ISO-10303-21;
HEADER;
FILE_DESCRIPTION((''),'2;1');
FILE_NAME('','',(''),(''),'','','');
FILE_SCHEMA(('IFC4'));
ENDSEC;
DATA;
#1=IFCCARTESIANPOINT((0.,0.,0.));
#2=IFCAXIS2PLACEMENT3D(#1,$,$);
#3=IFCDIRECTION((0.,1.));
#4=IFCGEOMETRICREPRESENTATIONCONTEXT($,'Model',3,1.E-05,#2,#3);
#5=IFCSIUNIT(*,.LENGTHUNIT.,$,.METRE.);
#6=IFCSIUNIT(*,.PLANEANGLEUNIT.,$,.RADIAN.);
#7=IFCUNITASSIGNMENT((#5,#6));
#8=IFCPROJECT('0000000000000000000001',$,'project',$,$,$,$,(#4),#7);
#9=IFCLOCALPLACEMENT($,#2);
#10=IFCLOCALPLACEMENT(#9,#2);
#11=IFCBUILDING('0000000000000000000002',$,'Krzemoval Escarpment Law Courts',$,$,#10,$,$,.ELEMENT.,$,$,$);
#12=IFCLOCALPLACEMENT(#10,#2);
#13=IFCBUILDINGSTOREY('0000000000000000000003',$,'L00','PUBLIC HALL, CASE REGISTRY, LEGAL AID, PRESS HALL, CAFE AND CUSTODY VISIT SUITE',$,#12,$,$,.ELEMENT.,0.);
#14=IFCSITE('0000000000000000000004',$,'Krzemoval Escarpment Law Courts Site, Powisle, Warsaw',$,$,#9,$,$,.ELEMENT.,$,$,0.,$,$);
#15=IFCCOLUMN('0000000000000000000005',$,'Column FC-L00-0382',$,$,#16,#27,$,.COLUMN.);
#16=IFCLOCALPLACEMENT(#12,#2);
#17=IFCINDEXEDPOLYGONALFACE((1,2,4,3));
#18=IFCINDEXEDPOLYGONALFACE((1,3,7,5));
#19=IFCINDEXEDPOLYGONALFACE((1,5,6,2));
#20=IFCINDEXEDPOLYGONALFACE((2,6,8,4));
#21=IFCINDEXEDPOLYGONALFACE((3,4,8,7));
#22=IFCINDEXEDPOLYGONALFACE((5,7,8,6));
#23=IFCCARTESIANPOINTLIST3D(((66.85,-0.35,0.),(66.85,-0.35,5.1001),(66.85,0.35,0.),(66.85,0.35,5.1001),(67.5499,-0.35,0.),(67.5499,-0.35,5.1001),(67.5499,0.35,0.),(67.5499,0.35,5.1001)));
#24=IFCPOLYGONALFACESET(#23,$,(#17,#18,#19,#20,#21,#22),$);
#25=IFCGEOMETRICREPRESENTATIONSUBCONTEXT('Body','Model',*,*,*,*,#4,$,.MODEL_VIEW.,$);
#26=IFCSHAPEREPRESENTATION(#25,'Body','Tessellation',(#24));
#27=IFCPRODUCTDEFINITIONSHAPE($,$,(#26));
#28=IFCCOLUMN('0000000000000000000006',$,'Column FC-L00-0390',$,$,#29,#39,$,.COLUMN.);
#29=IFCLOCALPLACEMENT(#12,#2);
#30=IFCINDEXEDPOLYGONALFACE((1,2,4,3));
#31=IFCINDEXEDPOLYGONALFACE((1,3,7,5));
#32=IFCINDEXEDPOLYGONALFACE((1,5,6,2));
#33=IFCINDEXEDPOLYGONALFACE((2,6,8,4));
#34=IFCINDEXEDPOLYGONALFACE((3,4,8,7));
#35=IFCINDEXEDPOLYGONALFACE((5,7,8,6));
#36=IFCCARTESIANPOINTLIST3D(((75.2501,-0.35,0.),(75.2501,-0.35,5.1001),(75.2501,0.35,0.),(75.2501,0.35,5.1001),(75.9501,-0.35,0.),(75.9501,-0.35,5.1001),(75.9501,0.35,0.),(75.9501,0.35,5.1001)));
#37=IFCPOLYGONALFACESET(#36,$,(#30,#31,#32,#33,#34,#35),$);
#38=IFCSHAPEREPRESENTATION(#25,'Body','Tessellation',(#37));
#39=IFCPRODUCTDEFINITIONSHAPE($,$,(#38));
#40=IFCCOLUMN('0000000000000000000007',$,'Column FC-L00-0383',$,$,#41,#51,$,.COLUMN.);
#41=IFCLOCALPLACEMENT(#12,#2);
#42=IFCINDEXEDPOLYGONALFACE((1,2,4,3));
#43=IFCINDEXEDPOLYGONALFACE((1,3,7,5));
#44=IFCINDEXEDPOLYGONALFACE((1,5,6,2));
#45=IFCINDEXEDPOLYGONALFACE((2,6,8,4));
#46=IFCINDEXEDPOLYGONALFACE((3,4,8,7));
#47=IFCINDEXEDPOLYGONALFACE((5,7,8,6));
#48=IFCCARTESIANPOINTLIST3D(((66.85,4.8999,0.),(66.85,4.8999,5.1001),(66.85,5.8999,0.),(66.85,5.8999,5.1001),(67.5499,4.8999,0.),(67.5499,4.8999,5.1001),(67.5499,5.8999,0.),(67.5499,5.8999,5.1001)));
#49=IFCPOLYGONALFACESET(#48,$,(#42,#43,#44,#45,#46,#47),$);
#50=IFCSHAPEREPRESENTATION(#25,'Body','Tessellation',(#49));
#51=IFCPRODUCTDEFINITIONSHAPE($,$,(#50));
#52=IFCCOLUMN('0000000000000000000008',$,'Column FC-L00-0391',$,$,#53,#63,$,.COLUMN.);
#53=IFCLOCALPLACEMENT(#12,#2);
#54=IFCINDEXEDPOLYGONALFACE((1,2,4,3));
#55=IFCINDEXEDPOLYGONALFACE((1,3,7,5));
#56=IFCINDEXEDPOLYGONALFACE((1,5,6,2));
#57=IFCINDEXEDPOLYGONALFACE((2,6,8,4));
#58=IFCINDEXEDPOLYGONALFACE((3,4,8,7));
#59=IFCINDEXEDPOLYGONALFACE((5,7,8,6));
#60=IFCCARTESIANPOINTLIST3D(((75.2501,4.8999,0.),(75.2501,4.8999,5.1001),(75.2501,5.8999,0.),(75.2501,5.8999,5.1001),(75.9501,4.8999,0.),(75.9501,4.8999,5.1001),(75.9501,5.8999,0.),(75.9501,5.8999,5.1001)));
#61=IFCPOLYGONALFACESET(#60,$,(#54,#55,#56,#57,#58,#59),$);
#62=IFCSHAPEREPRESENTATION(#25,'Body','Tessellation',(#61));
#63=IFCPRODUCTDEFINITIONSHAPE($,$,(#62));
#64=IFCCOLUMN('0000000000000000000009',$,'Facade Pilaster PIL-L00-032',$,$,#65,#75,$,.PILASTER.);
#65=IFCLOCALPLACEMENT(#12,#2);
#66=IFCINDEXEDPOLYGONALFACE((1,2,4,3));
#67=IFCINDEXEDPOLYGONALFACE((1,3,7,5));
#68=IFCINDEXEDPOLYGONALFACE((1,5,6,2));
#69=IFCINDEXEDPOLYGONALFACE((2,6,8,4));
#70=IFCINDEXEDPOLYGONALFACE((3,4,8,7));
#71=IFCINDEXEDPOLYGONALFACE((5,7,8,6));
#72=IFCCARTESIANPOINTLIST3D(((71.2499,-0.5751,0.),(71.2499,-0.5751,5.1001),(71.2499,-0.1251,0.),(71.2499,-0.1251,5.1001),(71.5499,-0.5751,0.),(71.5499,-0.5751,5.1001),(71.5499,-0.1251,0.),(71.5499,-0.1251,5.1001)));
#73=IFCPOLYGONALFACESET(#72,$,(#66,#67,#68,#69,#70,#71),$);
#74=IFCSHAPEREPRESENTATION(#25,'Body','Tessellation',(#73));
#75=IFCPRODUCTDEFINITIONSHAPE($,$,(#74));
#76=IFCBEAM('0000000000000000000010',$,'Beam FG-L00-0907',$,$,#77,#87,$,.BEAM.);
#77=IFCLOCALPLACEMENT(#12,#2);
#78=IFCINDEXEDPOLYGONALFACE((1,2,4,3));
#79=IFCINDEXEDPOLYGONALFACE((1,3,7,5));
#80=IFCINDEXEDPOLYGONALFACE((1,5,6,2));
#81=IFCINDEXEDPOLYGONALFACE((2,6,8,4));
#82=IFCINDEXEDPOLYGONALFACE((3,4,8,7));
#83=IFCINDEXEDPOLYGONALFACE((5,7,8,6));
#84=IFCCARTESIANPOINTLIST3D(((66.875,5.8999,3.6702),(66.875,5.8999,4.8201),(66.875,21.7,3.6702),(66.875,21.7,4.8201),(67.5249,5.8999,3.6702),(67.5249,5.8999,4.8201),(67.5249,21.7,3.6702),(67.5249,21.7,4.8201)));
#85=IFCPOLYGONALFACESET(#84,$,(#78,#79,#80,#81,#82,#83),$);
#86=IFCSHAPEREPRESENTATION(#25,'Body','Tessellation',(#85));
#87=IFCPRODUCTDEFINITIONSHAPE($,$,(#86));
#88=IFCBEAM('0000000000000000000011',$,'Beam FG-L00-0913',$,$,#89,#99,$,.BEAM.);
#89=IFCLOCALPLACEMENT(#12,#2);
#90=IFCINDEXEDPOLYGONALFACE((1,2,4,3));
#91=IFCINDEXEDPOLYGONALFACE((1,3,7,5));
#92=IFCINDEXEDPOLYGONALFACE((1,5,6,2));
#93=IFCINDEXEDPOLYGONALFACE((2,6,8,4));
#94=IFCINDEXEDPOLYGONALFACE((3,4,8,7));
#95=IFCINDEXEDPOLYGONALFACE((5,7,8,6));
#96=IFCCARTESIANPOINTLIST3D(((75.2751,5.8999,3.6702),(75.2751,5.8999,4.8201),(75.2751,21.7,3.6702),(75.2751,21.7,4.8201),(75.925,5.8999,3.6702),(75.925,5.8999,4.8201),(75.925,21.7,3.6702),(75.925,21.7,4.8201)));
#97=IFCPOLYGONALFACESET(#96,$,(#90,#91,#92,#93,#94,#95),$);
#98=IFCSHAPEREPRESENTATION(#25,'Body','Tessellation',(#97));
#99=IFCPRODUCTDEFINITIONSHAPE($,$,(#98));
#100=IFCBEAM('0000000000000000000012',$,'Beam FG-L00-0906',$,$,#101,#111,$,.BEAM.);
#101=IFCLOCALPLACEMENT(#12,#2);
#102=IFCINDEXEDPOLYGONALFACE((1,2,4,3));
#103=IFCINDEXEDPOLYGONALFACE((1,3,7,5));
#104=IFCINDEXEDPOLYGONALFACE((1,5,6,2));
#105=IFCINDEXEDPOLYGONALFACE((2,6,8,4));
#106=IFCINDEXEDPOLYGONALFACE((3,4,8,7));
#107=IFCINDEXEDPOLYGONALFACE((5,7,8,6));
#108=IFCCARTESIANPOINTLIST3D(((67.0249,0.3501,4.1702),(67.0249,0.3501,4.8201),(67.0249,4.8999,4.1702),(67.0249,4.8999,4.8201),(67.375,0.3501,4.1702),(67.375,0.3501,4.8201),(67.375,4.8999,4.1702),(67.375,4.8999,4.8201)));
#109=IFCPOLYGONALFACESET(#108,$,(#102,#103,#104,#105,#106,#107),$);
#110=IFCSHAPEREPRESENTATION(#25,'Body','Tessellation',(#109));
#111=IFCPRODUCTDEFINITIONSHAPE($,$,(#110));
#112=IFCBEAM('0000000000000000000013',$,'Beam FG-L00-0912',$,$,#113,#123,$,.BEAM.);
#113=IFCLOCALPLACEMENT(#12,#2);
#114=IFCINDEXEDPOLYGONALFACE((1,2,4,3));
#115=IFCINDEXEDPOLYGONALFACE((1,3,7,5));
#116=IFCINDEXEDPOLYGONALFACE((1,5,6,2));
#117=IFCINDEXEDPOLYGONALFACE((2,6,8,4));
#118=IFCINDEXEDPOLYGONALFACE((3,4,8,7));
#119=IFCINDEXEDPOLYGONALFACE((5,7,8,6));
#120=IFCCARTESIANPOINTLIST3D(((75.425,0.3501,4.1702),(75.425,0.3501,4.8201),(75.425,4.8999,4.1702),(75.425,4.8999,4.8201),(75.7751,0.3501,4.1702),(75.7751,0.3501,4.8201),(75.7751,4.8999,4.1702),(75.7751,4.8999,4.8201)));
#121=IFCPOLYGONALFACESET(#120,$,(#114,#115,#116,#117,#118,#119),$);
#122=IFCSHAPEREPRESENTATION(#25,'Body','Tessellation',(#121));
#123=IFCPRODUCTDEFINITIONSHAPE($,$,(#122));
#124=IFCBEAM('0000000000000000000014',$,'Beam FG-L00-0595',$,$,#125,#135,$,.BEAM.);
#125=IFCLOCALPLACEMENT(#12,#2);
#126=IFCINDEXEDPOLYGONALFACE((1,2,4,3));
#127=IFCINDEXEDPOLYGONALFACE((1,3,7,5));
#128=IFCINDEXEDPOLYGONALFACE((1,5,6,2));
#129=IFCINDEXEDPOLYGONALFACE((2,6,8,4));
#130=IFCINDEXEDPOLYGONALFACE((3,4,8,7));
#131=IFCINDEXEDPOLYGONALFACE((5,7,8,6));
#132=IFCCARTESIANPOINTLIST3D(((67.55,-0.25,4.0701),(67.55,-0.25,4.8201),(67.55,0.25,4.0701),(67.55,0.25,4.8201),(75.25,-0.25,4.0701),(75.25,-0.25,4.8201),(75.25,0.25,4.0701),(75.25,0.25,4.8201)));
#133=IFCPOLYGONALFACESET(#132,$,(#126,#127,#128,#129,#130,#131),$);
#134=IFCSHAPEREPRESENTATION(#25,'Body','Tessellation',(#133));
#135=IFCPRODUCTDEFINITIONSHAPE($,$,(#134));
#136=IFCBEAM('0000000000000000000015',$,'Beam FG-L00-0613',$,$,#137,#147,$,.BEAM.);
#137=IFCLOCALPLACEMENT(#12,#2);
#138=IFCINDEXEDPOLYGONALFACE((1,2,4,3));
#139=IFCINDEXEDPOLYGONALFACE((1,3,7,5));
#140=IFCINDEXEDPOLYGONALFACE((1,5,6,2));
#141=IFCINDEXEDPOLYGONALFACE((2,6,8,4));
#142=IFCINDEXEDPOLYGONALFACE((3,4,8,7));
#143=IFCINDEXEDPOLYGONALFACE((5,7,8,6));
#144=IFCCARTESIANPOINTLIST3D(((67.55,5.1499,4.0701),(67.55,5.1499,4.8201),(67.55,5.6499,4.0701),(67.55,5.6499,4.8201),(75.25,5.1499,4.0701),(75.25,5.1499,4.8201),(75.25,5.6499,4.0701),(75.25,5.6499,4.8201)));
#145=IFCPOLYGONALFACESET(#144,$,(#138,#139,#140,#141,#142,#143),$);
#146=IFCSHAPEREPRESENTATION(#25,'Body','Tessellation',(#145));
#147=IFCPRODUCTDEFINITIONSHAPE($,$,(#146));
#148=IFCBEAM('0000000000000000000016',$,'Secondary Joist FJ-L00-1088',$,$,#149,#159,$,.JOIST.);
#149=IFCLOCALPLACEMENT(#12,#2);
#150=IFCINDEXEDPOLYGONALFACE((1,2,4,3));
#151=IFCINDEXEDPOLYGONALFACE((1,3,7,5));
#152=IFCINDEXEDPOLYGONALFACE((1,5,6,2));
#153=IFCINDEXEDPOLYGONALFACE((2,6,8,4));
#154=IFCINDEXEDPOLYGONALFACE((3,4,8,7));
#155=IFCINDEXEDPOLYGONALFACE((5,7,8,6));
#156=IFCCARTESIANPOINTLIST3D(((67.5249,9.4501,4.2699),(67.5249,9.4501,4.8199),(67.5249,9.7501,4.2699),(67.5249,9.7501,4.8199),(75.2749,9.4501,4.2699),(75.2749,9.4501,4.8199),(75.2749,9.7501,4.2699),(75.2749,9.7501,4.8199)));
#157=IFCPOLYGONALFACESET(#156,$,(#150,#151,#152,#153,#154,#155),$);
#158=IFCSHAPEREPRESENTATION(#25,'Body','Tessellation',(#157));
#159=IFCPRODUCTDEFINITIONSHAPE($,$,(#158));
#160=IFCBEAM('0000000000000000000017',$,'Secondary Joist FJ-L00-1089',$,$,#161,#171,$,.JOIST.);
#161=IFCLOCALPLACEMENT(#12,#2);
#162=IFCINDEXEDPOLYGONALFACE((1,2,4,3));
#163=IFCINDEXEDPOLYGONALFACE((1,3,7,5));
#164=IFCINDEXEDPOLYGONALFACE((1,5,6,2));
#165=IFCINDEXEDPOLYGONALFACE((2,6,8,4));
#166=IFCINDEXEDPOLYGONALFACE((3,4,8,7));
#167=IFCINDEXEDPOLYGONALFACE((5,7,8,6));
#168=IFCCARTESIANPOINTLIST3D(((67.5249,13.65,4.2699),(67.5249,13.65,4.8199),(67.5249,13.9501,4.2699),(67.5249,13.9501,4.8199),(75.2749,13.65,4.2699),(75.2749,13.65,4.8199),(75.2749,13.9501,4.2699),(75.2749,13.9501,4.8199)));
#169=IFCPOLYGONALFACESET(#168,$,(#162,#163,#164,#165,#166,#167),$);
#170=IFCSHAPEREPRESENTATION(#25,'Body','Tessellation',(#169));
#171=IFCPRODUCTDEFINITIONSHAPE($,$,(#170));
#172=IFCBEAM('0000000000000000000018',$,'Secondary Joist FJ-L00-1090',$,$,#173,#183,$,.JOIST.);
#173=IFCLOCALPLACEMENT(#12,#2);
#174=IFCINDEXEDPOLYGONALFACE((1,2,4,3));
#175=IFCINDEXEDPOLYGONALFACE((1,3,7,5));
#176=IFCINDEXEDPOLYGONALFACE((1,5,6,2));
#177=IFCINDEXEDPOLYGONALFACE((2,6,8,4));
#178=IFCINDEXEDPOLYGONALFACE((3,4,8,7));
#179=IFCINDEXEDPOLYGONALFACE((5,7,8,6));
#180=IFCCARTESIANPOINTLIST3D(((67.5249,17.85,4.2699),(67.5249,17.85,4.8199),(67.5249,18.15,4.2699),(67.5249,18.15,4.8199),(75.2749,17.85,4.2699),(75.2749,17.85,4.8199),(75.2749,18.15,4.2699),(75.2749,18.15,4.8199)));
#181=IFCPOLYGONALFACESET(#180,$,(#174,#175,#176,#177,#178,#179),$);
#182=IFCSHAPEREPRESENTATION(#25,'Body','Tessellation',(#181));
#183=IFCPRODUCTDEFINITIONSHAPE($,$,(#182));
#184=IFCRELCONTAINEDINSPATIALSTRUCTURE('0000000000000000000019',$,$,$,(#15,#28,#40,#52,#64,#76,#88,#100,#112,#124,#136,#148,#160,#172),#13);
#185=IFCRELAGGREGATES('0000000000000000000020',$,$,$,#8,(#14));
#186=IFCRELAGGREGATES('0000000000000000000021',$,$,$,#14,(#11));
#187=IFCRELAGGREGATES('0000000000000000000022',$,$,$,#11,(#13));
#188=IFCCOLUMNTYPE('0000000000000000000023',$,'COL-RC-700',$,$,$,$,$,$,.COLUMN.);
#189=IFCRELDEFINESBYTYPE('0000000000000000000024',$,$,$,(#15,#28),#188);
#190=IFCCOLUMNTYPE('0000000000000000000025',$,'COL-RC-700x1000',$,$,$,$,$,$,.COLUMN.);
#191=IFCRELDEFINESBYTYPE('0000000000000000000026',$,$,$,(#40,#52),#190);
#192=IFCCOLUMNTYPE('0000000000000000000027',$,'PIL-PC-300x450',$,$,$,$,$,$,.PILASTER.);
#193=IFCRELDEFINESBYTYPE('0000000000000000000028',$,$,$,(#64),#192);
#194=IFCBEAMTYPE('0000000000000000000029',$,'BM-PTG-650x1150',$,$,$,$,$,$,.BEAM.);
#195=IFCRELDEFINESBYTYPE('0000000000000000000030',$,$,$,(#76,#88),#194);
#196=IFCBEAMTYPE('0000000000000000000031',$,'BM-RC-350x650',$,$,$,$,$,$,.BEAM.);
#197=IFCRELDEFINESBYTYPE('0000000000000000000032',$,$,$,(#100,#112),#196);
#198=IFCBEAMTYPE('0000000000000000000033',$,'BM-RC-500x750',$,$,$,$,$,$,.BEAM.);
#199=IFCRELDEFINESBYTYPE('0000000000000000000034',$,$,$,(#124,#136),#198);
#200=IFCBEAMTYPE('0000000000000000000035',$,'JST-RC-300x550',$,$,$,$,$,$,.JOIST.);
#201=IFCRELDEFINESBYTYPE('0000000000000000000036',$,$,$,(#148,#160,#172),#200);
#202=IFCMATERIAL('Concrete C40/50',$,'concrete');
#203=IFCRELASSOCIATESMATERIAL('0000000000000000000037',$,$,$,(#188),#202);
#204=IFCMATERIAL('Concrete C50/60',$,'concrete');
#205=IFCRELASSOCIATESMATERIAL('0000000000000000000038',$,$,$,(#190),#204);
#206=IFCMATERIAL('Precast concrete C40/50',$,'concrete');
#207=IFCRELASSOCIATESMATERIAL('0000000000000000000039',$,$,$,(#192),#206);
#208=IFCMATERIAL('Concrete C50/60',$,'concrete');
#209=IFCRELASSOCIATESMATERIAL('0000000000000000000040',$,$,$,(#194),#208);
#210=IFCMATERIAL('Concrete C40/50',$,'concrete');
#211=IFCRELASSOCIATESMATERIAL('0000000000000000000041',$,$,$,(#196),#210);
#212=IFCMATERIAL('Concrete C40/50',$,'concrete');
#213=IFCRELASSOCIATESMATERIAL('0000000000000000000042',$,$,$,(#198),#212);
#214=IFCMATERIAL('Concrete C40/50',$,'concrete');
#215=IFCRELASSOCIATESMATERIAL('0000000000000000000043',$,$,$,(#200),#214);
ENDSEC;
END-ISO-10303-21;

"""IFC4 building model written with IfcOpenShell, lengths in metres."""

from ifc_helpers import new_model, si_unit, direction, frame, origin, origin_2d, place, context, subcontext, project, spatial, rectangle, extrude, material, material_profile, profile_set, type_object, element, save


model = new_model("IFC4")

# Units and contexts
model_context = context("Model", 3, precision=1e-05, world=origin(), true_north=direction((0.0, 1.0)))
body_context = subcontext(model_context, "Body", "Model", "MODEL_VIEW")
ifc_project = project(units=[si_unit("LENGTHUNIT", "METRE"), si_unit("PLANEANGLEUNIT", "RADIAN")], contexts=[model_context])

# Site, building, storey
site_placement = place(None, origin())
site = spatial("IfcSite", under=ifc_project, at=site_placement, Name="Krzemoval Escarpment Law Courts Site, Powisle, Warsaw", CompositionType="ELEMENT", RefElevation=0.0)
building_placement = place(site_placement, origin())
building = spatial("IfcBuilding", under=site, at=building_placement, Name="Krzemoval Escarpment Law Courts", CompositionType="ELEMENT")
storey_placement = place(building_placement, origin())
storey = spatial("IfcBuildingStorey", under=building, at=storey_placement, Name="L00", Description="PUBLIC HALL, CASE REGISTRY, LEGAL AID, PRESS HALL, CAFE AND CUSTODY VISIT SUITE", CompositionType="ELEMENT", Elevation=0.0)

# Columns
ifc_material_1 = material(Name="Concrete C40/50", Category="concrete")
ifc_material_profile_1 = material_profile(ifc_material_1, rectangle(XDim=0.7, YDim=0.7, at=origin_2d()), Name="RC 700x700")
ifc_profile_set_1 = profile_set([ifc_material_profile_1], Name="Concrete C40/50")
column_type_1 = type_object("IfcColumnType", Name="COL-RC-700", PredefinedType="COLUMN", material=ifc_profile_set_1)
for number, where, z_axis, x_axis, name in (
    (1, (67.2, 0.0, 0.0), (0.0, 0.0, 1.0), (1.0, 0.0, 0.0), "Column FC-L00-0382"),
    (2, (75.6001, 0.0, 0.0), (0.0, 0.0, 1.0), (1.0, 0.0, 0.0), "Column FC-L00-0390"),
):
    element("IfcColumn", number, at=place(storey_placement, frame(where, z_axis=z_axis, x_axis=x_axis)), inside=storey, type_object=column_type_1, Name=name, PredefinedType="COLUMN", context=body_context, shape_type="SweptSolid", body=[
        extrude(rectangle(XDim=0.7, YDim=0.7, at=origin_2d()), origin(), (0.0, 0.0, 1.0), 5.1001),
    ])
ifc_material_2 = material(Name="Concrete C50/60", Category="concrete")
ifc_material_profile_2 = material_profile(ifc_material_2, rectangle(XDim=0.7, YDim=1.0, at=origin_2d()), Name="RC 700x1000")
ifc_profile_set_2 = profile_set([ifc_material_profile_2], Name="Concrete C50/60")
column_type_2 = type_object("IfcColumnType", Name="COL-RC-700x1000", PredefinedType="COLUMN", material=ifc_profile_set_2)
for number, where, z_axis, x_axis, name in (
    (3, (67.2, 5.3999, 0.0), (0.0, 0.0, 1.0), (1.0, 0.0, 0.0), "Column FC-L00-0383"),
    (4, (75.6001, 5.3999, 0.0), (0.0, 0.0, 1.0), (1.0, 0.0, 0.0), "Column FC-L00-0391"),
):
    element("IfcColumn", number, at=place(storey_placement, frame(where, z_axis=z_axis, x_axis=x_axis)), inside=storey, type_object=column_type_2, Name=name, PredefinedType="COLUMN", context=body_context, shape_type="SweptSolid", body=[
        extrude(rectangle(XDim=0.7, YDim=1.0, at=origin_2d()), origin(), (0.0, 0.0, 1.0), 5.1001),
    ])
ifc_material_3 = material(Name="Precast concrete C40/50", Category="concrete")
ifc_material_profile_3 = material_profile(ifc_material_3, rectangle(XDim=0.3, YDim=0.45, at=origin_2d()), Name="PIL 300x450")
ifc_profile_set_3 = profile_set([ifc_material_profile_3], Name="Precast concrete C40/50")
column_type_3 = type_object("IfcColumnType", Name="PIL-PC-300x450", PredefinedType="PILASTER", material=ifc_profile_set_3)
column_placement = place(storey_placement, frame((71.3999, -0.3501, 0.0), z_axis=(0.0, 0.0, 1.0), x_axis=(1.0, 0.0, 0.0)))
element("IfcColumn", 5, at=column_placement, inside=storey, type_object=column_type_3, Name="Facade Pilaster PIL-L00-032", PredefinedType="PILASTER", context=body_context, shape_type="SweptSolid", body=[
    extrude(rectangle(XDim=0.3, YDim=0.45, at=origin_2d()), origin(), (0.0, 0.0, 1.0), 5.1001),
])

# Beams
ifc_material_4 = material(Name="Concrete C50/60", Category="concrete")
ifc_material_profile_4 = material_profile(ifc_material_4, rectangle(XDim=0.6499, YDim=1.1499, at=origin_2d()), Name="PTG 650x1150")
ifc_profile_set_4 = profile_set([ifc_material_profile_4], Name="Concrete C50/60")
beam_type_1 = type_object("IfcBeamType", Name="BM-PTG-650x1150", PredefinedType="BEAM", material=ifc_profile_set_4)
for number, where, z_axis, x_axis, name in (
    (6, (67.2, 5.8999, 4.2451), (0.0, 1.0, 0.0), (-1.0, 0.0, 0.0), "Beam FG-L00-0907"),
    (7, (75.6001, 5.8999, 4.2451), (0.0, 1.0, 0.0), (-1.0, 0.0, 0.0), "Beam FG-L00-0913"),
):
    element("IfcBeam", number, at=place(storey_placement, frame(where, z_axis=z_axis, x_axis=x_axis)), inside=storey, type_object=beam_type_1, Name=name, PredefinedType="BEAM", context=body_context, shape_type="SweptSolid", body=[
        extrude(rectangle(XDim=0.6499, YDim=1.1499, at=origin_2d()), origin(), (0.0, 0.0, 1.0), 15.8),
    ])
ifc_material_5 = material(Name="Concrete C40/50", Category="concrete")
ifc_material_profile_5 = material_profile(ifc_material_5, rectangle(XDim=0.3501, YDim=0.6499, at=origin_2d()), Name="RCB 350x650")
ifc_profile_set_5 = profile_set([ifc_material_profile_5], Name="Concrete C40/50")
beam_type_2 = type_object("IfcBeamType", Name="BM-RC-350x650", PredefinedType="BEAM", material=ifc_profile_set_5)
for number, where, z_axis, x_axis, name in (
    (8, (67.2, 0.3501, 4.4951), (0.0, 1.0, 0.0), (-1.0, 0.0, 0.0), "Beam FG-L00-0906"),
    (9, (75.6001, 0.3501, 4.4951), (0.0, 1.0, 0.0), (-1.0, 0.0, 0.0), "Beam FG-L00-0912"),
):
    element("IfcBeam", number, at=place(storey_placement, frame(where, z_axis=z_axis, x_axis=x_axis)), inside=storey, type_object=beam_type_2, Name=name, PredefinedType="BEAM", context=body_context, shape_type="SweptSolid", body=[
        extrude(rectangle(XDim=0.3501, YDim=0.6499, at=origin_2d()), origin(), (0.0, 0.0, 1.0), 4.5498),
    ])
ifc_material_6 = material(Name="Concrete C40/50", Category="concrete")
ifc_material_profile_6 = material_profile(ifc_material_6, rectangle(XDim=0.5, YDim=0.75, at=origin_2d()), Name="RCB 500x750")
ifc_profile_set_6 = profile_set([ifc_material_profile_6], Name="Concrete C40/50")
beam_type_3 = type_object("IfcBeamType", Name="BM-RC-500x750", PredefinedType="BEAM", material=ifc_profile_set_6)
for number, where, z_axis, x_axis, name in (
    (10, (67.55, 0.0, 4.4451), (1.0, 0.0, 0.0), (0.0, 1.0, 0.0), "Beam FG-L00-0595"),
    (11, (67.55, 5.3999, 4.4451), (1.0, 0.0, 0.0), (0.0, 1.0, 0.0), "Beam FG-L00-0613"),
):
    element("IfcBeam", number, at=place(storey_placement, frame(where, z_axis=z_axis, x_axis=x_axis)), inside=storey, type_object=beam_type_3, Name=name, PredefinedType="BEAM", context=body_context, shape_type="SweptSolid", body=[
        extrude(rectangle(XDim=0.5, YDim=0.75, at=origin_2d()), origin(), (0.0, 0.0, 1.0), 7.7),
    ])
ifc_material_7 = material(Name="Concrete C40/50", Category="concrete")
ifc_material_profile_7 = material_profile(ifc_material_7, rectangle(XDim=0.3, YDim=0.55, at=origin_2d()), Name="RCB 300x550")
ifc_profile_set_7 = profile_set([ifc_material_profile_7], Name="Concrete C40/50")
beam_type_4 = type_object("IfcBeamType", Name="JST-RC-300x550", PredefinedType="JOIST", material=ifc_profile_set_7)
for number, where, z_axis, x_axis, name in (
    (12, (67.5249, 9.6001, 4.5449), (1.0, 0.0, 0.0), (0.0, 1.0, 0.0), "Secondary Joist FJ-L00-1088"),
    (13, (67.5249, 13.8, 4.5449), (1.0, 0.0, 0.0), (0.0, 1.0, 0.0), "Secondary Joist FJ-L00-1089"),
    (14, (67.5249, 18.0, 4.5449), (1.0, 0.0, 0.0), (0.0, 1.0, 0.0), "Secondary Joist FJ-L00-1090"),
):
    element("IfcBeam", number, at=place(storey_placement, frame(where, z_axis=z_axis, x_axis=x_axis)), inside=storey, type_object=beam_type_4, Name=name, PredefinedType="JOIST", context=body_context, shape_type="SweptSolid", body=[
        extrude(rectangle(XDim=0.3, YDim=0.55, at=origin_2d()), origin(), (0.0, 0.0, 1.0), 7.75),
    ])

save(model, "model.ifc")
